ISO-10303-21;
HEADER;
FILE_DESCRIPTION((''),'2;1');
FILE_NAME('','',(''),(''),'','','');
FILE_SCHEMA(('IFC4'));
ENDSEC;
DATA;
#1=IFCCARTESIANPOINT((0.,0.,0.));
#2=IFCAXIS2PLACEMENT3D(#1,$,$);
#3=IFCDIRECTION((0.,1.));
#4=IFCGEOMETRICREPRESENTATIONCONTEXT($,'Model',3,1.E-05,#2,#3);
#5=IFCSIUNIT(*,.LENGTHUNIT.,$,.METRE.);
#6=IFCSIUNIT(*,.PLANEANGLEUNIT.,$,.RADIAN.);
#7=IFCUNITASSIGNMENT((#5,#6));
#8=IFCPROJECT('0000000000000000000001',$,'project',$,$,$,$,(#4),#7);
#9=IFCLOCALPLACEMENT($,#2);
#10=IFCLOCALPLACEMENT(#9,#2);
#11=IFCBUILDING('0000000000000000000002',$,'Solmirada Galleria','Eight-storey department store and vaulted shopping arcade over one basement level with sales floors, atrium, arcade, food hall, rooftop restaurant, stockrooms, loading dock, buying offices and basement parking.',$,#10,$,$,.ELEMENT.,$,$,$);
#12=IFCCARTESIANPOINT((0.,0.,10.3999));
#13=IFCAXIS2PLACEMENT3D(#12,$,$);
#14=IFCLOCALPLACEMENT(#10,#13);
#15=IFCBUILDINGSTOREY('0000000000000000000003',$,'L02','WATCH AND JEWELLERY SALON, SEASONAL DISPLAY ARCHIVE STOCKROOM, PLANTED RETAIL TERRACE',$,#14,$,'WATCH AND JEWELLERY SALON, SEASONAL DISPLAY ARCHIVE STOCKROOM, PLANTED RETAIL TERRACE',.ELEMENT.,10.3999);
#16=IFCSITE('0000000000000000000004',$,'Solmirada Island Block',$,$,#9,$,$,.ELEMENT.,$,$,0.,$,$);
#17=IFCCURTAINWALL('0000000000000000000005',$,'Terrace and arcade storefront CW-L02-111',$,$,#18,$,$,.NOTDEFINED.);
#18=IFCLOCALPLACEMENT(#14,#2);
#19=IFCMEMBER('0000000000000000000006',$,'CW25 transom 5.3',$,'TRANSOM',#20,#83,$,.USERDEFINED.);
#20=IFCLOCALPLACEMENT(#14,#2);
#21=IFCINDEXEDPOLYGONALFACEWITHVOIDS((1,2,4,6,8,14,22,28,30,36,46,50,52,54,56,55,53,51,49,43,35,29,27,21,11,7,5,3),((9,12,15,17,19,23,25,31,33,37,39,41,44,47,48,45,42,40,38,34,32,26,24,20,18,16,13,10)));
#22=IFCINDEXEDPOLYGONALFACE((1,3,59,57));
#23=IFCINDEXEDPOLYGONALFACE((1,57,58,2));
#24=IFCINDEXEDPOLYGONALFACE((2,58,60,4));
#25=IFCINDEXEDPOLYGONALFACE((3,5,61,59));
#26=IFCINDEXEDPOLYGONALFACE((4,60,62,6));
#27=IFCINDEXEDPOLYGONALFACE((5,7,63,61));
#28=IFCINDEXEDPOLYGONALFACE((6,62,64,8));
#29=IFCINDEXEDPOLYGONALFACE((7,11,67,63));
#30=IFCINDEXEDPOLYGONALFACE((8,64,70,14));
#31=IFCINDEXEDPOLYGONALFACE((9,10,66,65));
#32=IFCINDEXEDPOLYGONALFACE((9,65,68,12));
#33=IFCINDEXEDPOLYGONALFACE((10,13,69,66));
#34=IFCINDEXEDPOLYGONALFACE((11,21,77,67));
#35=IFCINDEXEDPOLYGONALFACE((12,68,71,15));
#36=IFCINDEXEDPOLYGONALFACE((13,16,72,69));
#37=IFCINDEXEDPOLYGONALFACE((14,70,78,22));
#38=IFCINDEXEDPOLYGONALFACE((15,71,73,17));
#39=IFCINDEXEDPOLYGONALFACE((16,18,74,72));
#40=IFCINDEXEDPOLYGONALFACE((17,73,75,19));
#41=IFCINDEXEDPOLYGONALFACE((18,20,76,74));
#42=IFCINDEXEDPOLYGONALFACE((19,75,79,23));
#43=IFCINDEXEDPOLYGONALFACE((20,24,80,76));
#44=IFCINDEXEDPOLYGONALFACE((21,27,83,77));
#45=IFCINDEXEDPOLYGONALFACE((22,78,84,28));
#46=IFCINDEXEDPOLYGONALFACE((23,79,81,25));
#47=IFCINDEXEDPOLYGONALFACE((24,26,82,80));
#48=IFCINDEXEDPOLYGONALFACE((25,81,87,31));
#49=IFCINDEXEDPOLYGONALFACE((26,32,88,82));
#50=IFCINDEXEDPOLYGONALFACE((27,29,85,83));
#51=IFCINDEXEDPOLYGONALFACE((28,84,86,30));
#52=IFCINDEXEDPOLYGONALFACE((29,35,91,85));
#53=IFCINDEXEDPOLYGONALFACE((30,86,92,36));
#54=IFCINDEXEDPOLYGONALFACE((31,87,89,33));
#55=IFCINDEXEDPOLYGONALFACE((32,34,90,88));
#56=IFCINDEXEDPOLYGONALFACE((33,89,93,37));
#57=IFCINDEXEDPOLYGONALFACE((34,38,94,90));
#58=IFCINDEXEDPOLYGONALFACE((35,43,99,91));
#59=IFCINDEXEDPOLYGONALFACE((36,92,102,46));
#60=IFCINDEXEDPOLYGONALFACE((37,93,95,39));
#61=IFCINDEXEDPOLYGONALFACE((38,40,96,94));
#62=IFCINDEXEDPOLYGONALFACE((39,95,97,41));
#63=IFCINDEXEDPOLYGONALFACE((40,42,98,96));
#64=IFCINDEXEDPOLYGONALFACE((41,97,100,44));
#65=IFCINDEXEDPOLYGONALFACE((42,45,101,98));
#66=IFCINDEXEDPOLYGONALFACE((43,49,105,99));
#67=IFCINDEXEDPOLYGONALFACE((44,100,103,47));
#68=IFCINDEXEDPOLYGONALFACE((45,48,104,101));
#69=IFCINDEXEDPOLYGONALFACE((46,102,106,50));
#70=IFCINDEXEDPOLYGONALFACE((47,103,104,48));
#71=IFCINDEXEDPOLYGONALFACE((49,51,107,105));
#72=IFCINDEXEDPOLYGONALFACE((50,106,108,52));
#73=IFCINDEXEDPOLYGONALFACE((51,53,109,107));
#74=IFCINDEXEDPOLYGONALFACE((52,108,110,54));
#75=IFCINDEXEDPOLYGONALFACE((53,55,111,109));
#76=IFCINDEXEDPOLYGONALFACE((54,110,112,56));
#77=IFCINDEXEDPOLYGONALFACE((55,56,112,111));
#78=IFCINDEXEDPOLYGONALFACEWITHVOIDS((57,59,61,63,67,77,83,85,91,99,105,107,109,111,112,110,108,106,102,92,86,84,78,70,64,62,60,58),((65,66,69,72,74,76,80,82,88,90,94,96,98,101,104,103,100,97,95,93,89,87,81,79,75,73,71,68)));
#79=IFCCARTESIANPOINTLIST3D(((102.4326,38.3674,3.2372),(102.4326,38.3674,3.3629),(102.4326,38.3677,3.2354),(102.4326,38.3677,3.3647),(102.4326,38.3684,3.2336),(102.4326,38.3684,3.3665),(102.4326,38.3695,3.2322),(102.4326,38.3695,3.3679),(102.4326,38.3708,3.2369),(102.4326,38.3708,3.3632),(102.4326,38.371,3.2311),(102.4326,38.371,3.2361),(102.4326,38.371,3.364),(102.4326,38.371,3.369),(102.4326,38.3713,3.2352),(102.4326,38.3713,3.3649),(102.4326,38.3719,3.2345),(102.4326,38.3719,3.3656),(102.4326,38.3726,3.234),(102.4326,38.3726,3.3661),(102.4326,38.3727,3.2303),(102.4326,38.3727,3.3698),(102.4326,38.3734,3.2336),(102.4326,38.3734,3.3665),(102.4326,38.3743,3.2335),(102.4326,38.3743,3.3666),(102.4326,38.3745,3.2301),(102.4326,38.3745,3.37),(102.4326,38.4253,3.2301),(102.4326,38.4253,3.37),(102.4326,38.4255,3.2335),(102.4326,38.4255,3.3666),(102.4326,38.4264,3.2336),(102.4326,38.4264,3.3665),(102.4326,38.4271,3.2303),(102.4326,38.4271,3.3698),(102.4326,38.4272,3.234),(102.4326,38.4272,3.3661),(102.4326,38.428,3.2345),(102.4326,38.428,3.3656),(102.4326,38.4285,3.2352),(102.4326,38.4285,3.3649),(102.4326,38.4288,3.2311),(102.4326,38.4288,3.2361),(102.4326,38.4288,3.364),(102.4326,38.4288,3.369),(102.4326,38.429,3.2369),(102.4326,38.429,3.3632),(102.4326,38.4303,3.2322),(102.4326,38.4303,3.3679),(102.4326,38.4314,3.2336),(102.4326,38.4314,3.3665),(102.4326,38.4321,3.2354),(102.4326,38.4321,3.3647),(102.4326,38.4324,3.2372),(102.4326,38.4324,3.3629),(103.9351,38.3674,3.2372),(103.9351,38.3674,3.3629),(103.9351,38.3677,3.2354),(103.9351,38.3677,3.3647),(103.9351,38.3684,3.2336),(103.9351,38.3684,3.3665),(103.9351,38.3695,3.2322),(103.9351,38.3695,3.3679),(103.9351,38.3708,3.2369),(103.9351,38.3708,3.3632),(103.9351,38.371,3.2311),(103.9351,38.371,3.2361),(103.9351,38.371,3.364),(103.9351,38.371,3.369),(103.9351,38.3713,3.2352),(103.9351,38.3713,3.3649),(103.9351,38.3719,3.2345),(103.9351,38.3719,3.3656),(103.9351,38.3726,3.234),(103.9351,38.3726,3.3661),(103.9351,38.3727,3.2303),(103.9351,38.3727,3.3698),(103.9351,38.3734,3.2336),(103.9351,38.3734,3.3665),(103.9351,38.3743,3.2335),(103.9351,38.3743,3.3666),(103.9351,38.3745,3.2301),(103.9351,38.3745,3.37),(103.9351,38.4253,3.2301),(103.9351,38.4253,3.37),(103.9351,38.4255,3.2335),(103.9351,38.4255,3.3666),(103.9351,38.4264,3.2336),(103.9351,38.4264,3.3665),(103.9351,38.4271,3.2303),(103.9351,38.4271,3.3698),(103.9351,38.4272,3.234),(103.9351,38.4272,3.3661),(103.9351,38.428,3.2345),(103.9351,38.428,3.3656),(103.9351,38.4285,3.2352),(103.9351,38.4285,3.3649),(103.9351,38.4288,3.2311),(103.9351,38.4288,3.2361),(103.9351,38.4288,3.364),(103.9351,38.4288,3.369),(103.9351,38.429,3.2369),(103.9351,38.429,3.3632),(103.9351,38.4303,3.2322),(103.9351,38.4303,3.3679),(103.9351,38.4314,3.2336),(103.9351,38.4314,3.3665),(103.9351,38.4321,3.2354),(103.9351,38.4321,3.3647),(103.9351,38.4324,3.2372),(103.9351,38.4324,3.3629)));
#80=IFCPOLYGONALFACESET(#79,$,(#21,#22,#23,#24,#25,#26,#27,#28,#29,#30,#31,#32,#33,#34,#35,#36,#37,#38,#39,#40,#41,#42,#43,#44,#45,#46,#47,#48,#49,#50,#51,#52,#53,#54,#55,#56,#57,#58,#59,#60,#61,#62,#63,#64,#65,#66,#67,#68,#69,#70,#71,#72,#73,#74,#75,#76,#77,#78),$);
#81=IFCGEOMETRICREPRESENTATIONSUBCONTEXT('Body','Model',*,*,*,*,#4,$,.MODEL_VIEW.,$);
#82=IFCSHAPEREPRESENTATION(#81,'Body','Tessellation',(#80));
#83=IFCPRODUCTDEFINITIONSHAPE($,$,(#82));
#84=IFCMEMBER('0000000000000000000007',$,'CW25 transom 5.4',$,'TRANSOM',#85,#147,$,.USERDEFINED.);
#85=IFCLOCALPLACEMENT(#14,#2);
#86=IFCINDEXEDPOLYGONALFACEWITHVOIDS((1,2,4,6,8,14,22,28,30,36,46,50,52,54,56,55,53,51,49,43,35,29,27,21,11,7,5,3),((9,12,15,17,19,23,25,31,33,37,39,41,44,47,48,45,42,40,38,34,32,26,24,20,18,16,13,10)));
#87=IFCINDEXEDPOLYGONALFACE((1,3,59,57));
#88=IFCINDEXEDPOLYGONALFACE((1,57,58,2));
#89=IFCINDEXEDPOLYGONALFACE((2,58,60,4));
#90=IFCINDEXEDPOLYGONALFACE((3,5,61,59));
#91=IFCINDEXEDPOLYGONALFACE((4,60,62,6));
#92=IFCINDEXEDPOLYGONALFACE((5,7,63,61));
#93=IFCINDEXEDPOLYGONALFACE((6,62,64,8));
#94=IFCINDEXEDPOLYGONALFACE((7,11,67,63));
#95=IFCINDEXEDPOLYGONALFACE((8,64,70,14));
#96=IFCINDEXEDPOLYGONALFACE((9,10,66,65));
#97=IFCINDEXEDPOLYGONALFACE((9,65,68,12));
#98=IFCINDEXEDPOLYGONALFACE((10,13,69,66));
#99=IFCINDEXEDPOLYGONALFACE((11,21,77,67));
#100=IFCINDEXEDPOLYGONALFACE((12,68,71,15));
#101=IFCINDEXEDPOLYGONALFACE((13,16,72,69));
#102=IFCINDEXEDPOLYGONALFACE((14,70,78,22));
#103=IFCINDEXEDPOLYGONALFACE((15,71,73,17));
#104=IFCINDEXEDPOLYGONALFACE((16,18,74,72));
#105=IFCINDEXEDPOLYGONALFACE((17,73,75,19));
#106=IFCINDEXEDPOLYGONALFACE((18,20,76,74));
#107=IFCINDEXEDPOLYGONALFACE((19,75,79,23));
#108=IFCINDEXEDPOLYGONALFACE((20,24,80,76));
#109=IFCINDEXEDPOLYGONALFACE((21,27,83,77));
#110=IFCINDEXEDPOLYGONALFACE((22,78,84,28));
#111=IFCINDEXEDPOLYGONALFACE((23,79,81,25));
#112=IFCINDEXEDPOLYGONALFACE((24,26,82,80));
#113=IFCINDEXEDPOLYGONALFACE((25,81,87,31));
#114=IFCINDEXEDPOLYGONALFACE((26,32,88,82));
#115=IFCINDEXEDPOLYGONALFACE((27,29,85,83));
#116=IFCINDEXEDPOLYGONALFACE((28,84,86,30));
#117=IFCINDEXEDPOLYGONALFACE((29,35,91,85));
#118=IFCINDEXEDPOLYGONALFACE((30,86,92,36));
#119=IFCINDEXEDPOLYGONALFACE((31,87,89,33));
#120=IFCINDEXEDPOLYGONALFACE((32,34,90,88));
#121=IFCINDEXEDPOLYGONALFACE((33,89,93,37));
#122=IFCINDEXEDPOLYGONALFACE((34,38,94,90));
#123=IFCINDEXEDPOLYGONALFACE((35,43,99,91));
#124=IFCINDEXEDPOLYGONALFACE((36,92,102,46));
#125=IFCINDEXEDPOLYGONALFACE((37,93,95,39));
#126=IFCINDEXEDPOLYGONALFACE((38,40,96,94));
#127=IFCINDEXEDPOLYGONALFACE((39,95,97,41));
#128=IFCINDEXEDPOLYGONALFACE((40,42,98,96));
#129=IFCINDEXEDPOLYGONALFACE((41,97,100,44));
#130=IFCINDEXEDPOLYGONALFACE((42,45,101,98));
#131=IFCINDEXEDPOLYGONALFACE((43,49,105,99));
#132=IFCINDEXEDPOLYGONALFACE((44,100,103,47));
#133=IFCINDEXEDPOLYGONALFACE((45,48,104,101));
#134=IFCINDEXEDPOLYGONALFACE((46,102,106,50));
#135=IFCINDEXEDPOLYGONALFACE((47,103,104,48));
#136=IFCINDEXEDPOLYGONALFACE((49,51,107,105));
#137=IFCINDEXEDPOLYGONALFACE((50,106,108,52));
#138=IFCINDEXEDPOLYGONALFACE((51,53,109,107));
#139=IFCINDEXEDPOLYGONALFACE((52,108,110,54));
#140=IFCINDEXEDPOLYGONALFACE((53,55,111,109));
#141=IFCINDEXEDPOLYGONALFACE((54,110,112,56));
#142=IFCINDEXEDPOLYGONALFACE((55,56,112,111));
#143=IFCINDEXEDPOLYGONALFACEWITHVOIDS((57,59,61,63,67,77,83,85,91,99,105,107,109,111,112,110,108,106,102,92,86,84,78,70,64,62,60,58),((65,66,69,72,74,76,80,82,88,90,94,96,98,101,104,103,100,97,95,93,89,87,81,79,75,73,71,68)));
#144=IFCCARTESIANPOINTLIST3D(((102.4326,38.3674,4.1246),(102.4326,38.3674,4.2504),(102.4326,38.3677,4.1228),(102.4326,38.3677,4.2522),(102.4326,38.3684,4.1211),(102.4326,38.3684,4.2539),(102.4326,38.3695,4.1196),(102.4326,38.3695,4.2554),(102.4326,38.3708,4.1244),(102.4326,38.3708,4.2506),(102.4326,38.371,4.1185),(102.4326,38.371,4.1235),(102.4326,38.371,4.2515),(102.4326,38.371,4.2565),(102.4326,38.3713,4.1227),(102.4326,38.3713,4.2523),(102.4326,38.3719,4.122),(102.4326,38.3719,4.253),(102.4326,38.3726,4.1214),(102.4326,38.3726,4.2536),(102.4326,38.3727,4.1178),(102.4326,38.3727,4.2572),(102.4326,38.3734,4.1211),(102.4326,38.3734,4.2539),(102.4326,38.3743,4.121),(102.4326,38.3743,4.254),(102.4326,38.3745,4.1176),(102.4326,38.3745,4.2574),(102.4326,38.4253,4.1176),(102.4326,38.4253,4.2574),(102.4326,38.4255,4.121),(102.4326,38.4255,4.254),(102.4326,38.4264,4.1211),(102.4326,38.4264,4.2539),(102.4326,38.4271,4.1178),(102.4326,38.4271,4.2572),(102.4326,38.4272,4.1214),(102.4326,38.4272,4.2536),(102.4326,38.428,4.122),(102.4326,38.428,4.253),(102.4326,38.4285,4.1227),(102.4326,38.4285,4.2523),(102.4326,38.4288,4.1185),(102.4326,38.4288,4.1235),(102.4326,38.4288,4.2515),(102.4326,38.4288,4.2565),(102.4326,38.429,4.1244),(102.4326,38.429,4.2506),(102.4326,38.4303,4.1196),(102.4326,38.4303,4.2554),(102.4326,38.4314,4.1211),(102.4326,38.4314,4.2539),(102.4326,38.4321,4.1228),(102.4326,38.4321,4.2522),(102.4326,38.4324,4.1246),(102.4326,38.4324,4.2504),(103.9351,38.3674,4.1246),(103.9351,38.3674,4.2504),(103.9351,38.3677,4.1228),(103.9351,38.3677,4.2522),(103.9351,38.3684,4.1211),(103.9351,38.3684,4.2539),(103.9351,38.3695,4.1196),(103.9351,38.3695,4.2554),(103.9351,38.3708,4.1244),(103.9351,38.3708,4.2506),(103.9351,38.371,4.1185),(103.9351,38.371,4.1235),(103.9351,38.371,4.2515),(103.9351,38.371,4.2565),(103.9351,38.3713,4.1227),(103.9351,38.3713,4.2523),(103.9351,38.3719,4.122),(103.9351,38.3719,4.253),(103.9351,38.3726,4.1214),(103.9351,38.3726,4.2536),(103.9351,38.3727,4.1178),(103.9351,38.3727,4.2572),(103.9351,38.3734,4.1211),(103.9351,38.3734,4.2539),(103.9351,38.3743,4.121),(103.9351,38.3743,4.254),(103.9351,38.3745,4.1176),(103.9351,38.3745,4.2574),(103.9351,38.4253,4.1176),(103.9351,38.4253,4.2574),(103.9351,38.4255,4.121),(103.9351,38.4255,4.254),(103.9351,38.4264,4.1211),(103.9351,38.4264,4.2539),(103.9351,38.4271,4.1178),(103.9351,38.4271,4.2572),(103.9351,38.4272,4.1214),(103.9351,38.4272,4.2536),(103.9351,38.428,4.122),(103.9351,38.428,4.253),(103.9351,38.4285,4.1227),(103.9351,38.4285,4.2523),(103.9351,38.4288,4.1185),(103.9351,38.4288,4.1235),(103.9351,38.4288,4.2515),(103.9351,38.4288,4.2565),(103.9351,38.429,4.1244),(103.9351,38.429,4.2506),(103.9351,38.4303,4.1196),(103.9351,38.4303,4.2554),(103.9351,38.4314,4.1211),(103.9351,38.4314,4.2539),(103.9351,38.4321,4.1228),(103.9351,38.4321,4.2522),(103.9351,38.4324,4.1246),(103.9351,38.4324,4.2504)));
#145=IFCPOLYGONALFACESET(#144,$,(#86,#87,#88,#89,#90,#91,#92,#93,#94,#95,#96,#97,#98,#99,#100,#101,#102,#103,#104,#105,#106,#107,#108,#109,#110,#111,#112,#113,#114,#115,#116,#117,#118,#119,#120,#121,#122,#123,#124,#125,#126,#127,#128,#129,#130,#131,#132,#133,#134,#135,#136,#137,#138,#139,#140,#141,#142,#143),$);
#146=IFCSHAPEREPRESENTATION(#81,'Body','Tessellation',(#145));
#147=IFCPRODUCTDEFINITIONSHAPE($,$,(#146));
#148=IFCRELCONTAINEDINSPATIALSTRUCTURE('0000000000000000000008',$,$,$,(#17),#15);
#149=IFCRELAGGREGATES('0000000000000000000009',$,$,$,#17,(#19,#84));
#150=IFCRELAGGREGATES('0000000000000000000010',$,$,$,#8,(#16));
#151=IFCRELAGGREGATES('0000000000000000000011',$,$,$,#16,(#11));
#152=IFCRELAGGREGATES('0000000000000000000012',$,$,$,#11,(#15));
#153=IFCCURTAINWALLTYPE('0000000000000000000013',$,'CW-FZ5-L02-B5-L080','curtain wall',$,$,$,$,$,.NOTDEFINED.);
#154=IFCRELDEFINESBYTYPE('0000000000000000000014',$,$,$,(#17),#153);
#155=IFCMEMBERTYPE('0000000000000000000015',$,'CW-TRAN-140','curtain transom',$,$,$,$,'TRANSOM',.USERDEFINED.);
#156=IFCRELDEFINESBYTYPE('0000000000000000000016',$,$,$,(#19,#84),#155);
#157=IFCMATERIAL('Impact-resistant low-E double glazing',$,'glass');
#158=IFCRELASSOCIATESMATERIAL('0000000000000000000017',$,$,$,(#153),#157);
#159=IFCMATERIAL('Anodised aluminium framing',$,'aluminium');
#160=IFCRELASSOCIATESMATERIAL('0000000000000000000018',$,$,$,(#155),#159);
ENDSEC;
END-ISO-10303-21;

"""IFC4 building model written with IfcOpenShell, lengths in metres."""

from ifc_helpers import new_model, si_unit, direction, frame, origin, origin_2d, place, context, subcontext, project, spatial, hollow_rectangle, extrude, material, material_profile, profile_set, type_object, element, aggregate, save


model = new_model("IFC4")

# Units and contexts
model_context = context("Model", 3, precision=1e-05, world=origin(), true_north=direction((0.0, 1.0)))
body_context = subcontext(model_context, "Body", "Model", "MODEL_VIEW")
ifc_project = project(units=[si_unit("LENGTHUNIT", "METRE"), si_unit("PLANEANGLEUNIT", "RADIAN")], contexts=[model_context])

# Site, building, storey
site_placement = place(None, origin())
site = spatial("IfcSite", under=ifc_project, at=site_placement, Name="Solmirada Island Block", CompositionType="ELEMENT", RefElevation=0.0)
building_placement = place(site_placement, origin())
building = spatial("IfcBuilding", under=site, at=building_placement, Name="Solmirada Galleria", Description="Eight-storey department store and vaulted shopping arcade over one basement level with sales floors, atrium, arcade, food hall, rooftop restaurant, stockrooms, loading dock, buying offices and basement parking.", CompositionType="ELEMENT")
storey_placement = place(building_placement, frame((0.0, 0.0, 10.3999)))
storey = spatial("IfcBuildingStorey", under=building, at=storey_placement, Name="L02", Description="WATCH AND JEWELLERY SALON, SEASONAL DISPLAY ARCHIVE STOCKROOM, PLANTED RETAIL TERRACE", LongName="WATCH AND JEWELLERY SALON, SEASONAL DISPLAY ARCHIVE STOCKROOM, PLANTED RETAIL TERRACE", CompositionType="ELEMENT", Elevation=10.3999)

# Curtain wall
ifc_material_1 = material(Name="Impact-resistant low-E double glazing", Category="glass")
curtain_wall_type = type_object("IfcCurtainWallType", Name="CW-FZ5-L02-B5-L080", Description="curtain wall", PredefinedType="NOTDEFINED", material=ifc_material_1)
curtain_wall_1_placement = place(storey_placement, origin())
curtain_wall_1 = element("IfcCurtainWall", 1, at=curtain_wall_1_placement, inside=storey, type_object=curtain_wall_type, Name="Terrace and arcade storefront CW-L02-111", PredefinedType="NOTDEFINED")
ifc_material_2 = material(Name="Anodised aluminium framing", Category="aluminium")

# Members
ifc_material_profile_1 = material_profile(ifc_material_2, hollow_rectangle(XDim=0.0649, YDim=0.1399, WallThickness=0.0034, InnerFilletRadius=0.0034, OuterFilletRadius=0.0071, at=origin_2d()), Name="ALU-TRAN-140X65")
ifc_profile_set_1 = profile_set([ifc_material_profile_1], Name="Anodised aluminium framing")
member_type_1 = type_object("IfcMemberType", Name="CW-TRAN-140", Description="curtain transom", ElementType="TRANSOM", PredefinedType="USERDEFINED", material=ifc_profile_set_1)
member_1_placement = place(storey_placement, frame((102.4326, 38.3999, 3.3), z_axis=(1.0, 0.0, 0.0), x_axis=(0.0, 1.0, 0.0)))
member_1 = element("IfcMember", 2, at=member_1_placement, type_object=member_type_1, Name="CW25 transom 5.3", ObjectType="TRANSOM", PredefinedType="USERDEFINED", context=body_context, shape_type="SweptSolid", body=[
    extrude(hollow_rectangle(XDim=0.0649, YDim=0.1399, WallThickness=0.0034, InnerFilletRadius=0.0034, OuterFilletRadius=0.0071, at=origin_2d()), origin(), (0.0, 0.0, 1.0), 1.5024),
])
member_2_placement = place(storey_placement, frame((102.4326, 38.3999, 4.1875), z_axis=(1.0, 0.0, 0.0), x_axis=(0.0, 1.0, 0.0)))
member_2 = element("IfcMember", 3, at=member_2_placement, type_object=member_type_1, Name="CW25 transom 5.4", ObjectType="TRANSOM", PredefinedType="USERDEFINED", context=body_context, shape_type="SweptSolid", body=[
    extrude(hollow_rectangle(XDim=0.0649, YDim=0.1399, WallThickness=0.0034, InnerFilletRadius=0.0034, OuterFilletRadius=0.0071, at=origin_2d()), origin(), (0.0, 0.0, 1.0), 1.5024),
])

aggregate(curtain_wall_1, [member_1, member_2])

save(model, "model.ifc")
